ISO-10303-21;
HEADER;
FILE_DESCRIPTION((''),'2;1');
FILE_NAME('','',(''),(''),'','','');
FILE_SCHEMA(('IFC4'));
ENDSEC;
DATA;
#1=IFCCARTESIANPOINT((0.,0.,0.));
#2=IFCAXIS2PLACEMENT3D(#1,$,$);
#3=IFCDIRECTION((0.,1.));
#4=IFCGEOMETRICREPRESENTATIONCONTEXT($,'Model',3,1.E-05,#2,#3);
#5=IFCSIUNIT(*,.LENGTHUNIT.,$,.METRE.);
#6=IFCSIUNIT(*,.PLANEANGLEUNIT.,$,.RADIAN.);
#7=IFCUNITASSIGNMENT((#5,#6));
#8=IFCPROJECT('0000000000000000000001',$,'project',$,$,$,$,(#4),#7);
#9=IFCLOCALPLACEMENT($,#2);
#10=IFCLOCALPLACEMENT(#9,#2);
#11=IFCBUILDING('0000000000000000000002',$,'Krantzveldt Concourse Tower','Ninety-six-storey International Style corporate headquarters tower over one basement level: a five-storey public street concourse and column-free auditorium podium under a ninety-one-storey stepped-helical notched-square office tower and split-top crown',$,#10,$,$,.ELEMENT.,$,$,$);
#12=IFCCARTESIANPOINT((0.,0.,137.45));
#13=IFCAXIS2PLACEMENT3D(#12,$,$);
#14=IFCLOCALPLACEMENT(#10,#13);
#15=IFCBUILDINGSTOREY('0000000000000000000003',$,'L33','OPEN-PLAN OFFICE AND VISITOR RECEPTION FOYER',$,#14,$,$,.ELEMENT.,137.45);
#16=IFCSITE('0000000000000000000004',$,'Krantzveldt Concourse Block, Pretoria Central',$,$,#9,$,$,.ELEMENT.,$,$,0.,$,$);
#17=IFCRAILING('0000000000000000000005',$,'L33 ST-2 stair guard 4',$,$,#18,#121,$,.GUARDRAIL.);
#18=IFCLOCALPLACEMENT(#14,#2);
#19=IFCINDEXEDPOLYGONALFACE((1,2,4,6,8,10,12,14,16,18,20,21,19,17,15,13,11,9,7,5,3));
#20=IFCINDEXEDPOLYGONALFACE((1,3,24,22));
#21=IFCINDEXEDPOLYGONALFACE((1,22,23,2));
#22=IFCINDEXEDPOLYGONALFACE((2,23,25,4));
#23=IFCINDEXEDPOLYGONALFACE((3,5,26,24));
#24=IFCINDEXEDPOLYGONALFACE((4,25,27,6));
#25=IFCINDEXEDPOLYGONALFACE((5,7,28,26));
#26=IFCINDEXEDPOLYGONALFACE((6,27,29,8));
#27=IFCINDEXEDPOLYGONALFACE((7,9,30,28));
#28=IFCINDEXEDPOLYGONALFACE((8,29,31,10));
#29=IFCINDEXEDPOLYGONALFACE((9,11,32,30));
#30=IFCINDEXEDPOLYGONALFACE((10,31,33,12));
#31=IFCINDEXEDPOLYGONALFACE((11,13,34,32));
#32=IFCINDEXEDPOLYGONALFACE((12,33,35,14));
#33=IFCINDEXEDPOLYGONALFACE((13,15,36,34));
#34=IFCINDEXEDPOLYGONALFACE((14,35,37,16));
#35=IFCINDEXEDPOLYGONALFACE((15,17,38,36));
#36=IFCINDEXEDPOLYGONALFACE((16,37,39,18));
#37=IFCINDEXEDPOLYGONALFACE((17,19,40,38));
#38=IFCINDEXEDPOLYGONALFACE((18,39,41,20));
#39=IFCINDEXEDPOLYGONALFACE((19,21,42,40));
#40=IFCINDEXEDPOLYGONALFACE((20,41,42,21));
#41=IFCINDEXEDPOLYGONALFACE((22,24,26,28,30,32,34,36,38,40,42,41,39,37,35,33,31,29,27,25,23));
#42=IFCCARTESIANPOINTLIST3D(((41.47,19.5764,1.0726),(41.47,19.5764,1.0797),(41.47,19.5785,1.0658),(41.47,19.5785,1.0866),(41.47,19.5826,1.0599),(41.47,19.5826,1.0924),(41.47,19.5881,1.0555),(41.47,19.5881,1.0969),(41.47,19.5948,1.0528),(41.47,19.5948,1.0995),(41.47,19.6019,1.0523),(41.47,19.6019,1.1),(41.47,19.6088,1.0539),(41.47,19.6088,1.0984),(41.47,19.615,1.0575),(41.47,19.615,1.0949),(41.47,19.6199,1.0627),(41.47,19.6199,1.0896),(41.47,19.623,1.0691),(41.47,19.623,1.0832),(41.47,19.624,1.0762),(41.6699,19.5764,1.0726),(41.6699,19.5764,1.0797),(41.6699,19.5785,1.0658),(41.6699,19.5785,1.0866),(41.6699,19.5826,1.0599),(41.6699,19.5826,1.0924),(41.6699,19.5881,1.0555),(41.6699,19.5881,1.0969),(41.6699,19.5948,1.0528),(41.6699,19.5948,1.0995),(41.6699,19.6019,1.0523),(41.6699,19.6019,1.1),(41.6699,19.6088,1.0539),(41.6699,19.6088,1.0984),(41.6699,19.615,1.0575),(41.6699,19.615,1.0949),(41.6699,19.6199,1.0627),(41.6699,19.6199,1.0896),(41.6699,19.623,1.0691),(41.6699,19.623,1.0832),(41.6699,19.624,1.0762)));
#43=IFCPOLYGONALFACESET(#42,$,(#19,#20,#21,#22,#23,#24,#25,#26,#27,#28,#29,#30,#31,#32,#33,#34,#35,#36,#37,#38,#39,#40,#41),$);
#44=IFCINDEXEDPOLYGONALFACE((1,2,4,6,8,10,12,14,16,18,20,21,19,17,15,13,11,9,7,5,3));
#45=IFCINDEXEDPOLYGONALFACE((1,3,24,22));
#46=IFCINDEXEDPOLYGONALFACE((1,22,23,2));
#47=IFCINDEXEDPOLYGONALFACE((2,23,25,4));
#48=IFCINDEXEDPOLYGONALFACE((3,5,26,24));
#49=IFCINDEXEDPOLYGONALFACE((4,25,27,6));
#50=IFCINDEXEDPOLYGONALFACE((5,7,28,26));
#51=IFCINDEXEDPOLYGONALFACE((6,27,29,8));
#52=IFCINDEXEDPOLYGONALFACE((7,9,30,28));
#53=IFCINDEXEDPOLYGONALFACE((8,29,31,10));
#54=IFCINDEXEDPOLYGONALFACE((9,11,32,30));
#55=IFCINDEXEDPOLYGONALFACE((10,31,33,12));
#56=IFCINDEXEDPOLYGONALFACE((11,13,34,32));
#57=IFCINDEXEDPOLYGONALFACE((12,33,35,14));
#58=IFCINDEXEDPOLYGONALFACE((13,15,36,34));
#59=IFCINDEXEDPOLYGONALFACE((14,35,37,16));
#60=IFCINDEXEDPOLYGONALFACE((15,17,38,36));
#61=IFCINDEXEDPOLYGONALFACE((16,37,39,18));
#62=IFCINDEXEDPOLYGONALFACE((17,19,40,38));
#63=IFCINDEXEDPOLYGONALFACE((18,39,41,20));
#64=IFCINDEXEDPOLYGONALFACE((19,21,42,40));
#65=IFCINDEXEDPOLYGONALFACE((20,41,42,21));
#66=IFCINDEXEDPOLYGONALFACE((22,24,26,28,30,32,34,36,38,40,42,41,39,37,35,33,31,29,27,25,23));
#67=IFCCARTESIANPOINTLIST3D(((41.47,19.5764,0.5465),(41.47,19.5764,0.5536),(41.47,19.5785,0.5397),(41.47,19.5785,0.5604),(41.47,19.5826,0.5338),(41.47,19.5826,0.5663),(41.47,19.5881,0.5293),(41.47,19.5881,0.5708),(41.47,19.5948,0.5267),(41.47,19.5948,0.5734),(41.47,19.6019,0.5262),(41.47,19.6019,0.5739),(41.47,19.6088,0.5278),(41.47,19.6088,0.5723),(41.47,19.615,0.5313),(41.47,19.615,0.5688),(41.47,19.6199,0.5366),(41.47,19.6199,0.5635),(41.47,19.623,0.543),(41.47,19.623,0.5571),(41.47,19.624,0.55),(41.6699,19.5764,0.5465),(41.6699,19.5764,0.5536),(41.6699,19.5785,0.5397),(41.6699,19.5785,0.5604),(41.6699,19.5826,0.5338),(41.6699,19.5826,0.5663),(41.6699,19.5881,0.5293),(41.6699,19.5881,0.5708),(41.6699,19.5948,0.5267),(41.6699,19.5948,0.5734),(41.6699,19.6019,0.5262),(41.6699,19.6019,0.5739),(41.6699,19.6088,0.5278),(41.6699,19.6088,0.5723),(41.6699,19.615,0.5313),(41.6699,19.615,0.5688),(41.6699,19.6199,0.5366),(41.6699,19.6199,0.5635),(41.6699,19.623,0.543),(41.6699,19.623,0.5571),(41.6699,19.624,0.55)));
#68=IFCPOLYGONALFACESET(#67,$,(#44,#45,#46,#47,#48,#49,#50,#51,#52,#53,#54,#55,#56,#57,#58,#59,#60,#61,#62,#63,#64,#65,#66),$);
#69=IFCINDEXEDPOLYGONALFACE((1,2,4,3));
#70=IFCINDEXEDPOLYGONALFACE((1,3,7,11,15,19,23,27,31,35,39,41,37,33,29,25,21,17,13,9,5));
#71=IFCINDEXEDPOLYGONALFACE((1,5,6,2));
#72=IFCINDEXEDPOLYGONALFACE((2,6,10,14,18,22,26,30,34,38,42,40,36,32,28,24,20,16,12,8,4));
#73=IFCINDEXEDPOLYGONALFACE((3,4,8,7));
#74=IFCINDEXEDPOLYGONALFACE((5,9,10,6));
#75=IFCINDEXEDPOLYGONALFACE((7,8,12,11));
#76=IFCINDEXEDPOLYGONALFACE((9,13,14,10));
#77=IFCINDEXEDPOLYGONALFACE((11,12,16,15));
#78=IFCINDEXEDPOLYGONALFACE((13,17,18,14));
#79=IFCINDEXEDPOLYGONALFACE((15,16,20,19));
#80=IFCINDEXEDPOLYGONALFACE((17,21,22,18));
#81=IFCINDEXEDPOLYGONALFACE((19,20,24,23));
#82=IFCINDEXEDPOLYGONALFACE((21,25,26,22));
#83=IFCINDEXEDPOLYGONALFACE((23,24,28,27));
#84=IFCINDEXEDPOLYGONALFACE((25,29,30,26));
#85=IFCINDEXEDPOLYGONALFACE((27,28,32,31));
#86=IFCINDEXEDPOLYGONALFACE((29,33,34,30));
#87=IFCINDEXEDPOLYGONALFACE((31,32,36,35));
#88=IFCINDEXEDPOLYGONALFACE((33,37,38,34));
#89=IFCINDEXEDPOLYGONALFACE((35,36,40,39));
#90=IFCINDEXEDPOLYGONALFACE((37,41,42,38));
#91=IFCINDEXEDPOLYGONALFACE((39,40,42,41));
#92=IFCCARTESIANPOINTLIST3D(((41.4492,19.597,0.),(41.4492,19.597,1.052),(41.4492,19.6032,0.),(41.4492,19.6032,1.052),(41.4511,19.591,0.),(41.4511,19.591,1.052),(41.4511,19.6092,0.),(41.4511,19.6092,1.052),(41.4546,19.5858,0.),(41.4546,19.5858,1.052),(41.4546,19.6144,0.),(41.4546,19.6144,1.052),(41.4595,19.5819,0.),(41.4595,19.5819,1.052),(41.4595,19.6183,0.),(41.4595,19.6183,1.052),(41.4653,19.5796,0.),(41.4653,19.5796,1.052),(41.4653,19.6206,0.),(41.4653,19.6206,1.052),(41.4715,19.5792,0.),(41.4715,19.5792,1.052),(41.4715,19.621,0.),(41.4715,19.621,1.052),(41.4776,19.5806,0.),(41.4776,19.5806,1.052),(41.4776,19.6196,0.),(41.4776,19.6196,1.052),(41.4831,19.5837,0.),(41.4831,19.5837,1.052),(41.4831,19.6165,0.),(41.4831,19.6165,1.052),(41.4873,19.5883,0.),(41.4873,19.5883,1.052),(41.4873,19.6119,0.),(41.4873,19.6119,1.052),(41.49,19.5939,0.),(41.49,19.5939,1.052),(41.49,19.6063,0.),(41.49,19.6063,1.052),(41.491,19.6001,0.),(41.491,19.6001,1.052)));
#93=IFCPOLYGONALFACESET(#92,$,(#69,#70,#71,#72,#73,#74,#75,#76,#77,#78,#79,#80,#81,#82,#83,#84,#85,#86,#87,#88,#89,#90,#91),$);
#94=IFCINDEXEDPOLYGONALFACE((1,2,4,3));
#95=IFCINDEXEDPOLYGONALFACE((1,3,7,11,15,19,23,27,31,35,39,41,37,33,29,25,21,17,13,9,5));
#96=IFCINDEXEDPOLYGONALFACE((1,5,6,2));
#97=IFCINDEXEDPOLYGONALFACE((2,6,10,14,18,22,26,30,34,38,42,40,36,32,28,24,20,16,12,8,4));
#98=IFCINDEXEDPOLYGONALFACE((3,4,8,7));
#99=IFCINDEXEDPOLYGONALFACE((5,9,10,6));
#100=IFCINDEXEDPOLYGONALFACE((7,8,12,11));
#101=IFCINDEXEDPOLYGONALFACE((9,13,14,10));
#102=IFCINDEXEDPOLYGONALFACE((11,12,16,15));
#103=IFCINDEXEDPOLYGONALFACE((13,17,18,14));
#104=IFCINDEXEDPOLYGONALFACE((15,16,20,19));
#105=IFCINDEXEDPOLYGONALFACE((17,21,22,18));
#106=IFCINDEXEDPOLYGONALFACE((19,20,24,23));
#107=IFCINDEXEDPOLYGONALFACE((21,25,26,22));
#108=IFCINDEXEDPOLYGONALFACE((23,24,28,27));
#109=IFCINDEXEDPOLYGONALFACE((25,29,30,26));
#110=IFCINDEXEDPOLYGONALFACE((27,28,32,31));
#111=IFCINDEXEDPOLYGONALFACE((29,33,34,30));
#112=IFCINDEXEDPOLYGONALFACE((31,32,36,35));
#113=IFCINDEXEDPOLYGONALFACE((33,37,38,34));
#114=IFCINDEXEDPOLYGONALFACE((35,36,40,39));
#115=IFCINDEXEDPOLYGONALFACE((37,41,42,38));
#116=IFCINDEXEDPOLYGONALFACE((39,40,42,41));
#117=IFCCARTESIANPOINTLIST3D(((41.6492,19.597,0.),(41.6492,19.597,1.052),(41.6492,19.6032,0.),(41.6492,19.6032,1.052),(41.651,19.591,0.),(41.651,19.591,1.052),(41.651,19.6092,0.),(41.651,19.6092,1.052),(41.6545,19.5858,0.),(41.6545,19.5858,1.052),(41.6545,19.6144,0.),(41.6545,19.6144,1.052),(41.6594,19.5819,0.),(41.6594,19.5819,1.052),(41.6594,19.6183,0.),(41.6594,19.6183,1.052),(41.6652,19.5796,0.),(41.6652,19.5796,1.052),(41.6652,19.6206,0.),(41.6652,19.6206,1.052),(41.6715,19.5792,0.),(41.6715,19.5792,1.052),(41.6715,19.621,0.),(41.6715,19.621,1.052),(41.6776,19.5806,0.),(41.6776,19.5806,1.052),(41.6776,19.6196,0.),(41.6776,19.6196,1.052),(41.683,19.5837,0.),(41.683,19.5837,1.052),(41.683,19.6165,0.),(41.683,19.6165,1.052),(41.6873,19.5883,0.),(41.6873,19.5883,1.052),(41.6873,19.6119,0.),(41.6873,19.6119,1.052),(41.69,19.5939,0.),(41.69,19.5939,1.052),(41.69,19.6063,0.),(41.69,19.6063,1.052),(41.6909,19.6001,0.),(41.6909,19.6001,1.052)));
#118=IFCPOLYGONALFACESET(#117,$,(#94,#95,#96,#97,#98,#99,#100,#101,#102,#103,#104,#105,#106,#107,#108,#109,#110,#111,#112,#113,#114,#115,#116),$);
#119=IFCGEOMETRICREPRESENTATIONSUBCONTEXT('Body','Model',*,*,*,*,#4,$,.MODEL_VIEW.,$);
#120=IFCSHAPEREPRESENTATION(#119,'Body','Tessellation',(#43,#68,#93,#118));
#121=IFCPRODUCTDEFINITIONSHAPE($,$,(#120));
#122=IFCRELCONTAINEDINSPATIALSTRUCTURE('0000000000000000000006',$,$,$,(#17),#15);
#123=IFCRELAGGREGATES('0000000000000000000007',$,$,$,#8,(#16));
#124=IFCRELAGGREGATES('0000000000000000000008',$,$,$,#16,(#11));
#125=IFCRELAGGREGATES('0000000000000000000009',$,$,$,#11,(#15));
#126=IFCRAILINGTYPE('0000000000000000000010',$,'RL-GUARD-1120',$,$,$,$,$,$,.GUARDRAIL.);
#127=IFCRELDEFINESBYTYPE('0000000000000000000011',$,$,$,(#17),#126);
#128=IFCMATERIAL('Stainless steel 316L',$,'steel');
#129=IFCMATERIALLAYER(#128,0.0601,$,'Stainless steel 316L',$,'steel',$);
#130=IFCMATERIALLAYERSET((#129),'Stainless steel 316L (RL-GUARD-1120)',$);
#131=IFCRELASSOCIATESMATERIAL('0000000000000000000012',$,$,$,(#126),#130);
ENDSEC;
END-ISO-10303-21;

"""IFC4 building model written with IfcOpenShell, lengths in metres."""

from ifc_helpers import new_model, si_unit, direction, frame, origin, origin_2d, place, context, subcontext, project, spatial, circle, extrude, material, layer, layer_set, type_object, element, save


model = new_model("IFC4")

# Units and contexts
model_context = context("Model", 3, precision=1e-05, world=origin(), true_north=direction((0.0, 1.0)))
body_context = subcontext(model_context, "Body", "Model", "MODEL_VIEW")
ifc_project = project(units=[si_unit("LENGTHUNIT", "METRE"), si_unit("PLANEANGLEUNIT", "RADIAN")], contexts=[model_context])

# Site, building, storey
site_placement = place(None, origin())
site = spatial("IfcSite", under=ifc_project, at=site_placement, Name="Krantzveldt Concourse Block, Pretoria Central", CompositionType="ELEMENT", RefElevation=0.0)
building_placement = place(site_placement, origin())
building = spatial("IfcBuilding", under=site, at=building_placement, Name="Krantzveldt Concourse Tower", Description="Ninety-six-storey International Style corporate headquarters tower over one basement level: a five-storey public street concourse and column-free auditorium podium under a ninety-one-storey stepped-helical notched-square office tower and split-top crown", CompositionType="ELEMENT")
storey_placement = place(building_placement, frame((0.0, 0.0, 137.45)))
storey = spatial("IfcBuildingStorey", under=building, at=storey_placement, Name="L33", Description="OPEN-PLAN OFFICE AND VISITOR RECEPTION FOYER", CompositionType="ELEMENT", Elevation=137.45)

# Shared definitions
ifc_material_1 = material(Name="Stainless steel 316L", Category="steel")

# Railing
ifc_layer_1 = layer(ifc_material_1, 0.0601, Name="Stainless steel 316L", Category="steel")
ifc_layer_set_1 = layer_set([ifc_layer_1], Name="Stainless steel 316L (RL-GUARD-1120)")
railing_type_1 = type_object("IfcRailingType", Name="RL-GUARD-1120", PredefinedType="GUARDRAIL", material=ifc_layer_set_1)
railing_1_placement = place(storey_placement, frame((41.47, 19.6001, 0.0)))
element("IfcRailing", 1, at=railing_1_placement, inside=storey, type_object=railing_type_1, Name="L33 ST-2 stair guard 4", PredefinedType="GUARDRAIL", context=body_context, shape_type="SweptSolid", body=[
    extrude(circle(Radius=0.0239, at=origin_2d()), frame((0.0, 0.0, 1.0762), z_axis=(1.0, 0.0, 0.0), x_axis=(0.0, 1.0, 0.0)), (0.0, 0.0, 1.0), 0.2),
    extrude(circle(Radius=0.0239, at=origin_2d()), frame((0.0, 0.0, 0.55), z_axis=(1.0, 0.0, 0.0), x_axis=(0.0, 1.0, 0.0)), (0.0, 0.0, 1.0), 0.2),
    extrude(circle(Radius=0.021, at=origin_2d()), origin(), (0.0, 0.0, 1.0), 1.052),
    extrude(circle(Radius=0.021, at=origin_2d()), frame((0.2, 0.0, 0.0)), (0.0, 0.0, 1.0), 1.052),
])

save(model, "model.ifc")
